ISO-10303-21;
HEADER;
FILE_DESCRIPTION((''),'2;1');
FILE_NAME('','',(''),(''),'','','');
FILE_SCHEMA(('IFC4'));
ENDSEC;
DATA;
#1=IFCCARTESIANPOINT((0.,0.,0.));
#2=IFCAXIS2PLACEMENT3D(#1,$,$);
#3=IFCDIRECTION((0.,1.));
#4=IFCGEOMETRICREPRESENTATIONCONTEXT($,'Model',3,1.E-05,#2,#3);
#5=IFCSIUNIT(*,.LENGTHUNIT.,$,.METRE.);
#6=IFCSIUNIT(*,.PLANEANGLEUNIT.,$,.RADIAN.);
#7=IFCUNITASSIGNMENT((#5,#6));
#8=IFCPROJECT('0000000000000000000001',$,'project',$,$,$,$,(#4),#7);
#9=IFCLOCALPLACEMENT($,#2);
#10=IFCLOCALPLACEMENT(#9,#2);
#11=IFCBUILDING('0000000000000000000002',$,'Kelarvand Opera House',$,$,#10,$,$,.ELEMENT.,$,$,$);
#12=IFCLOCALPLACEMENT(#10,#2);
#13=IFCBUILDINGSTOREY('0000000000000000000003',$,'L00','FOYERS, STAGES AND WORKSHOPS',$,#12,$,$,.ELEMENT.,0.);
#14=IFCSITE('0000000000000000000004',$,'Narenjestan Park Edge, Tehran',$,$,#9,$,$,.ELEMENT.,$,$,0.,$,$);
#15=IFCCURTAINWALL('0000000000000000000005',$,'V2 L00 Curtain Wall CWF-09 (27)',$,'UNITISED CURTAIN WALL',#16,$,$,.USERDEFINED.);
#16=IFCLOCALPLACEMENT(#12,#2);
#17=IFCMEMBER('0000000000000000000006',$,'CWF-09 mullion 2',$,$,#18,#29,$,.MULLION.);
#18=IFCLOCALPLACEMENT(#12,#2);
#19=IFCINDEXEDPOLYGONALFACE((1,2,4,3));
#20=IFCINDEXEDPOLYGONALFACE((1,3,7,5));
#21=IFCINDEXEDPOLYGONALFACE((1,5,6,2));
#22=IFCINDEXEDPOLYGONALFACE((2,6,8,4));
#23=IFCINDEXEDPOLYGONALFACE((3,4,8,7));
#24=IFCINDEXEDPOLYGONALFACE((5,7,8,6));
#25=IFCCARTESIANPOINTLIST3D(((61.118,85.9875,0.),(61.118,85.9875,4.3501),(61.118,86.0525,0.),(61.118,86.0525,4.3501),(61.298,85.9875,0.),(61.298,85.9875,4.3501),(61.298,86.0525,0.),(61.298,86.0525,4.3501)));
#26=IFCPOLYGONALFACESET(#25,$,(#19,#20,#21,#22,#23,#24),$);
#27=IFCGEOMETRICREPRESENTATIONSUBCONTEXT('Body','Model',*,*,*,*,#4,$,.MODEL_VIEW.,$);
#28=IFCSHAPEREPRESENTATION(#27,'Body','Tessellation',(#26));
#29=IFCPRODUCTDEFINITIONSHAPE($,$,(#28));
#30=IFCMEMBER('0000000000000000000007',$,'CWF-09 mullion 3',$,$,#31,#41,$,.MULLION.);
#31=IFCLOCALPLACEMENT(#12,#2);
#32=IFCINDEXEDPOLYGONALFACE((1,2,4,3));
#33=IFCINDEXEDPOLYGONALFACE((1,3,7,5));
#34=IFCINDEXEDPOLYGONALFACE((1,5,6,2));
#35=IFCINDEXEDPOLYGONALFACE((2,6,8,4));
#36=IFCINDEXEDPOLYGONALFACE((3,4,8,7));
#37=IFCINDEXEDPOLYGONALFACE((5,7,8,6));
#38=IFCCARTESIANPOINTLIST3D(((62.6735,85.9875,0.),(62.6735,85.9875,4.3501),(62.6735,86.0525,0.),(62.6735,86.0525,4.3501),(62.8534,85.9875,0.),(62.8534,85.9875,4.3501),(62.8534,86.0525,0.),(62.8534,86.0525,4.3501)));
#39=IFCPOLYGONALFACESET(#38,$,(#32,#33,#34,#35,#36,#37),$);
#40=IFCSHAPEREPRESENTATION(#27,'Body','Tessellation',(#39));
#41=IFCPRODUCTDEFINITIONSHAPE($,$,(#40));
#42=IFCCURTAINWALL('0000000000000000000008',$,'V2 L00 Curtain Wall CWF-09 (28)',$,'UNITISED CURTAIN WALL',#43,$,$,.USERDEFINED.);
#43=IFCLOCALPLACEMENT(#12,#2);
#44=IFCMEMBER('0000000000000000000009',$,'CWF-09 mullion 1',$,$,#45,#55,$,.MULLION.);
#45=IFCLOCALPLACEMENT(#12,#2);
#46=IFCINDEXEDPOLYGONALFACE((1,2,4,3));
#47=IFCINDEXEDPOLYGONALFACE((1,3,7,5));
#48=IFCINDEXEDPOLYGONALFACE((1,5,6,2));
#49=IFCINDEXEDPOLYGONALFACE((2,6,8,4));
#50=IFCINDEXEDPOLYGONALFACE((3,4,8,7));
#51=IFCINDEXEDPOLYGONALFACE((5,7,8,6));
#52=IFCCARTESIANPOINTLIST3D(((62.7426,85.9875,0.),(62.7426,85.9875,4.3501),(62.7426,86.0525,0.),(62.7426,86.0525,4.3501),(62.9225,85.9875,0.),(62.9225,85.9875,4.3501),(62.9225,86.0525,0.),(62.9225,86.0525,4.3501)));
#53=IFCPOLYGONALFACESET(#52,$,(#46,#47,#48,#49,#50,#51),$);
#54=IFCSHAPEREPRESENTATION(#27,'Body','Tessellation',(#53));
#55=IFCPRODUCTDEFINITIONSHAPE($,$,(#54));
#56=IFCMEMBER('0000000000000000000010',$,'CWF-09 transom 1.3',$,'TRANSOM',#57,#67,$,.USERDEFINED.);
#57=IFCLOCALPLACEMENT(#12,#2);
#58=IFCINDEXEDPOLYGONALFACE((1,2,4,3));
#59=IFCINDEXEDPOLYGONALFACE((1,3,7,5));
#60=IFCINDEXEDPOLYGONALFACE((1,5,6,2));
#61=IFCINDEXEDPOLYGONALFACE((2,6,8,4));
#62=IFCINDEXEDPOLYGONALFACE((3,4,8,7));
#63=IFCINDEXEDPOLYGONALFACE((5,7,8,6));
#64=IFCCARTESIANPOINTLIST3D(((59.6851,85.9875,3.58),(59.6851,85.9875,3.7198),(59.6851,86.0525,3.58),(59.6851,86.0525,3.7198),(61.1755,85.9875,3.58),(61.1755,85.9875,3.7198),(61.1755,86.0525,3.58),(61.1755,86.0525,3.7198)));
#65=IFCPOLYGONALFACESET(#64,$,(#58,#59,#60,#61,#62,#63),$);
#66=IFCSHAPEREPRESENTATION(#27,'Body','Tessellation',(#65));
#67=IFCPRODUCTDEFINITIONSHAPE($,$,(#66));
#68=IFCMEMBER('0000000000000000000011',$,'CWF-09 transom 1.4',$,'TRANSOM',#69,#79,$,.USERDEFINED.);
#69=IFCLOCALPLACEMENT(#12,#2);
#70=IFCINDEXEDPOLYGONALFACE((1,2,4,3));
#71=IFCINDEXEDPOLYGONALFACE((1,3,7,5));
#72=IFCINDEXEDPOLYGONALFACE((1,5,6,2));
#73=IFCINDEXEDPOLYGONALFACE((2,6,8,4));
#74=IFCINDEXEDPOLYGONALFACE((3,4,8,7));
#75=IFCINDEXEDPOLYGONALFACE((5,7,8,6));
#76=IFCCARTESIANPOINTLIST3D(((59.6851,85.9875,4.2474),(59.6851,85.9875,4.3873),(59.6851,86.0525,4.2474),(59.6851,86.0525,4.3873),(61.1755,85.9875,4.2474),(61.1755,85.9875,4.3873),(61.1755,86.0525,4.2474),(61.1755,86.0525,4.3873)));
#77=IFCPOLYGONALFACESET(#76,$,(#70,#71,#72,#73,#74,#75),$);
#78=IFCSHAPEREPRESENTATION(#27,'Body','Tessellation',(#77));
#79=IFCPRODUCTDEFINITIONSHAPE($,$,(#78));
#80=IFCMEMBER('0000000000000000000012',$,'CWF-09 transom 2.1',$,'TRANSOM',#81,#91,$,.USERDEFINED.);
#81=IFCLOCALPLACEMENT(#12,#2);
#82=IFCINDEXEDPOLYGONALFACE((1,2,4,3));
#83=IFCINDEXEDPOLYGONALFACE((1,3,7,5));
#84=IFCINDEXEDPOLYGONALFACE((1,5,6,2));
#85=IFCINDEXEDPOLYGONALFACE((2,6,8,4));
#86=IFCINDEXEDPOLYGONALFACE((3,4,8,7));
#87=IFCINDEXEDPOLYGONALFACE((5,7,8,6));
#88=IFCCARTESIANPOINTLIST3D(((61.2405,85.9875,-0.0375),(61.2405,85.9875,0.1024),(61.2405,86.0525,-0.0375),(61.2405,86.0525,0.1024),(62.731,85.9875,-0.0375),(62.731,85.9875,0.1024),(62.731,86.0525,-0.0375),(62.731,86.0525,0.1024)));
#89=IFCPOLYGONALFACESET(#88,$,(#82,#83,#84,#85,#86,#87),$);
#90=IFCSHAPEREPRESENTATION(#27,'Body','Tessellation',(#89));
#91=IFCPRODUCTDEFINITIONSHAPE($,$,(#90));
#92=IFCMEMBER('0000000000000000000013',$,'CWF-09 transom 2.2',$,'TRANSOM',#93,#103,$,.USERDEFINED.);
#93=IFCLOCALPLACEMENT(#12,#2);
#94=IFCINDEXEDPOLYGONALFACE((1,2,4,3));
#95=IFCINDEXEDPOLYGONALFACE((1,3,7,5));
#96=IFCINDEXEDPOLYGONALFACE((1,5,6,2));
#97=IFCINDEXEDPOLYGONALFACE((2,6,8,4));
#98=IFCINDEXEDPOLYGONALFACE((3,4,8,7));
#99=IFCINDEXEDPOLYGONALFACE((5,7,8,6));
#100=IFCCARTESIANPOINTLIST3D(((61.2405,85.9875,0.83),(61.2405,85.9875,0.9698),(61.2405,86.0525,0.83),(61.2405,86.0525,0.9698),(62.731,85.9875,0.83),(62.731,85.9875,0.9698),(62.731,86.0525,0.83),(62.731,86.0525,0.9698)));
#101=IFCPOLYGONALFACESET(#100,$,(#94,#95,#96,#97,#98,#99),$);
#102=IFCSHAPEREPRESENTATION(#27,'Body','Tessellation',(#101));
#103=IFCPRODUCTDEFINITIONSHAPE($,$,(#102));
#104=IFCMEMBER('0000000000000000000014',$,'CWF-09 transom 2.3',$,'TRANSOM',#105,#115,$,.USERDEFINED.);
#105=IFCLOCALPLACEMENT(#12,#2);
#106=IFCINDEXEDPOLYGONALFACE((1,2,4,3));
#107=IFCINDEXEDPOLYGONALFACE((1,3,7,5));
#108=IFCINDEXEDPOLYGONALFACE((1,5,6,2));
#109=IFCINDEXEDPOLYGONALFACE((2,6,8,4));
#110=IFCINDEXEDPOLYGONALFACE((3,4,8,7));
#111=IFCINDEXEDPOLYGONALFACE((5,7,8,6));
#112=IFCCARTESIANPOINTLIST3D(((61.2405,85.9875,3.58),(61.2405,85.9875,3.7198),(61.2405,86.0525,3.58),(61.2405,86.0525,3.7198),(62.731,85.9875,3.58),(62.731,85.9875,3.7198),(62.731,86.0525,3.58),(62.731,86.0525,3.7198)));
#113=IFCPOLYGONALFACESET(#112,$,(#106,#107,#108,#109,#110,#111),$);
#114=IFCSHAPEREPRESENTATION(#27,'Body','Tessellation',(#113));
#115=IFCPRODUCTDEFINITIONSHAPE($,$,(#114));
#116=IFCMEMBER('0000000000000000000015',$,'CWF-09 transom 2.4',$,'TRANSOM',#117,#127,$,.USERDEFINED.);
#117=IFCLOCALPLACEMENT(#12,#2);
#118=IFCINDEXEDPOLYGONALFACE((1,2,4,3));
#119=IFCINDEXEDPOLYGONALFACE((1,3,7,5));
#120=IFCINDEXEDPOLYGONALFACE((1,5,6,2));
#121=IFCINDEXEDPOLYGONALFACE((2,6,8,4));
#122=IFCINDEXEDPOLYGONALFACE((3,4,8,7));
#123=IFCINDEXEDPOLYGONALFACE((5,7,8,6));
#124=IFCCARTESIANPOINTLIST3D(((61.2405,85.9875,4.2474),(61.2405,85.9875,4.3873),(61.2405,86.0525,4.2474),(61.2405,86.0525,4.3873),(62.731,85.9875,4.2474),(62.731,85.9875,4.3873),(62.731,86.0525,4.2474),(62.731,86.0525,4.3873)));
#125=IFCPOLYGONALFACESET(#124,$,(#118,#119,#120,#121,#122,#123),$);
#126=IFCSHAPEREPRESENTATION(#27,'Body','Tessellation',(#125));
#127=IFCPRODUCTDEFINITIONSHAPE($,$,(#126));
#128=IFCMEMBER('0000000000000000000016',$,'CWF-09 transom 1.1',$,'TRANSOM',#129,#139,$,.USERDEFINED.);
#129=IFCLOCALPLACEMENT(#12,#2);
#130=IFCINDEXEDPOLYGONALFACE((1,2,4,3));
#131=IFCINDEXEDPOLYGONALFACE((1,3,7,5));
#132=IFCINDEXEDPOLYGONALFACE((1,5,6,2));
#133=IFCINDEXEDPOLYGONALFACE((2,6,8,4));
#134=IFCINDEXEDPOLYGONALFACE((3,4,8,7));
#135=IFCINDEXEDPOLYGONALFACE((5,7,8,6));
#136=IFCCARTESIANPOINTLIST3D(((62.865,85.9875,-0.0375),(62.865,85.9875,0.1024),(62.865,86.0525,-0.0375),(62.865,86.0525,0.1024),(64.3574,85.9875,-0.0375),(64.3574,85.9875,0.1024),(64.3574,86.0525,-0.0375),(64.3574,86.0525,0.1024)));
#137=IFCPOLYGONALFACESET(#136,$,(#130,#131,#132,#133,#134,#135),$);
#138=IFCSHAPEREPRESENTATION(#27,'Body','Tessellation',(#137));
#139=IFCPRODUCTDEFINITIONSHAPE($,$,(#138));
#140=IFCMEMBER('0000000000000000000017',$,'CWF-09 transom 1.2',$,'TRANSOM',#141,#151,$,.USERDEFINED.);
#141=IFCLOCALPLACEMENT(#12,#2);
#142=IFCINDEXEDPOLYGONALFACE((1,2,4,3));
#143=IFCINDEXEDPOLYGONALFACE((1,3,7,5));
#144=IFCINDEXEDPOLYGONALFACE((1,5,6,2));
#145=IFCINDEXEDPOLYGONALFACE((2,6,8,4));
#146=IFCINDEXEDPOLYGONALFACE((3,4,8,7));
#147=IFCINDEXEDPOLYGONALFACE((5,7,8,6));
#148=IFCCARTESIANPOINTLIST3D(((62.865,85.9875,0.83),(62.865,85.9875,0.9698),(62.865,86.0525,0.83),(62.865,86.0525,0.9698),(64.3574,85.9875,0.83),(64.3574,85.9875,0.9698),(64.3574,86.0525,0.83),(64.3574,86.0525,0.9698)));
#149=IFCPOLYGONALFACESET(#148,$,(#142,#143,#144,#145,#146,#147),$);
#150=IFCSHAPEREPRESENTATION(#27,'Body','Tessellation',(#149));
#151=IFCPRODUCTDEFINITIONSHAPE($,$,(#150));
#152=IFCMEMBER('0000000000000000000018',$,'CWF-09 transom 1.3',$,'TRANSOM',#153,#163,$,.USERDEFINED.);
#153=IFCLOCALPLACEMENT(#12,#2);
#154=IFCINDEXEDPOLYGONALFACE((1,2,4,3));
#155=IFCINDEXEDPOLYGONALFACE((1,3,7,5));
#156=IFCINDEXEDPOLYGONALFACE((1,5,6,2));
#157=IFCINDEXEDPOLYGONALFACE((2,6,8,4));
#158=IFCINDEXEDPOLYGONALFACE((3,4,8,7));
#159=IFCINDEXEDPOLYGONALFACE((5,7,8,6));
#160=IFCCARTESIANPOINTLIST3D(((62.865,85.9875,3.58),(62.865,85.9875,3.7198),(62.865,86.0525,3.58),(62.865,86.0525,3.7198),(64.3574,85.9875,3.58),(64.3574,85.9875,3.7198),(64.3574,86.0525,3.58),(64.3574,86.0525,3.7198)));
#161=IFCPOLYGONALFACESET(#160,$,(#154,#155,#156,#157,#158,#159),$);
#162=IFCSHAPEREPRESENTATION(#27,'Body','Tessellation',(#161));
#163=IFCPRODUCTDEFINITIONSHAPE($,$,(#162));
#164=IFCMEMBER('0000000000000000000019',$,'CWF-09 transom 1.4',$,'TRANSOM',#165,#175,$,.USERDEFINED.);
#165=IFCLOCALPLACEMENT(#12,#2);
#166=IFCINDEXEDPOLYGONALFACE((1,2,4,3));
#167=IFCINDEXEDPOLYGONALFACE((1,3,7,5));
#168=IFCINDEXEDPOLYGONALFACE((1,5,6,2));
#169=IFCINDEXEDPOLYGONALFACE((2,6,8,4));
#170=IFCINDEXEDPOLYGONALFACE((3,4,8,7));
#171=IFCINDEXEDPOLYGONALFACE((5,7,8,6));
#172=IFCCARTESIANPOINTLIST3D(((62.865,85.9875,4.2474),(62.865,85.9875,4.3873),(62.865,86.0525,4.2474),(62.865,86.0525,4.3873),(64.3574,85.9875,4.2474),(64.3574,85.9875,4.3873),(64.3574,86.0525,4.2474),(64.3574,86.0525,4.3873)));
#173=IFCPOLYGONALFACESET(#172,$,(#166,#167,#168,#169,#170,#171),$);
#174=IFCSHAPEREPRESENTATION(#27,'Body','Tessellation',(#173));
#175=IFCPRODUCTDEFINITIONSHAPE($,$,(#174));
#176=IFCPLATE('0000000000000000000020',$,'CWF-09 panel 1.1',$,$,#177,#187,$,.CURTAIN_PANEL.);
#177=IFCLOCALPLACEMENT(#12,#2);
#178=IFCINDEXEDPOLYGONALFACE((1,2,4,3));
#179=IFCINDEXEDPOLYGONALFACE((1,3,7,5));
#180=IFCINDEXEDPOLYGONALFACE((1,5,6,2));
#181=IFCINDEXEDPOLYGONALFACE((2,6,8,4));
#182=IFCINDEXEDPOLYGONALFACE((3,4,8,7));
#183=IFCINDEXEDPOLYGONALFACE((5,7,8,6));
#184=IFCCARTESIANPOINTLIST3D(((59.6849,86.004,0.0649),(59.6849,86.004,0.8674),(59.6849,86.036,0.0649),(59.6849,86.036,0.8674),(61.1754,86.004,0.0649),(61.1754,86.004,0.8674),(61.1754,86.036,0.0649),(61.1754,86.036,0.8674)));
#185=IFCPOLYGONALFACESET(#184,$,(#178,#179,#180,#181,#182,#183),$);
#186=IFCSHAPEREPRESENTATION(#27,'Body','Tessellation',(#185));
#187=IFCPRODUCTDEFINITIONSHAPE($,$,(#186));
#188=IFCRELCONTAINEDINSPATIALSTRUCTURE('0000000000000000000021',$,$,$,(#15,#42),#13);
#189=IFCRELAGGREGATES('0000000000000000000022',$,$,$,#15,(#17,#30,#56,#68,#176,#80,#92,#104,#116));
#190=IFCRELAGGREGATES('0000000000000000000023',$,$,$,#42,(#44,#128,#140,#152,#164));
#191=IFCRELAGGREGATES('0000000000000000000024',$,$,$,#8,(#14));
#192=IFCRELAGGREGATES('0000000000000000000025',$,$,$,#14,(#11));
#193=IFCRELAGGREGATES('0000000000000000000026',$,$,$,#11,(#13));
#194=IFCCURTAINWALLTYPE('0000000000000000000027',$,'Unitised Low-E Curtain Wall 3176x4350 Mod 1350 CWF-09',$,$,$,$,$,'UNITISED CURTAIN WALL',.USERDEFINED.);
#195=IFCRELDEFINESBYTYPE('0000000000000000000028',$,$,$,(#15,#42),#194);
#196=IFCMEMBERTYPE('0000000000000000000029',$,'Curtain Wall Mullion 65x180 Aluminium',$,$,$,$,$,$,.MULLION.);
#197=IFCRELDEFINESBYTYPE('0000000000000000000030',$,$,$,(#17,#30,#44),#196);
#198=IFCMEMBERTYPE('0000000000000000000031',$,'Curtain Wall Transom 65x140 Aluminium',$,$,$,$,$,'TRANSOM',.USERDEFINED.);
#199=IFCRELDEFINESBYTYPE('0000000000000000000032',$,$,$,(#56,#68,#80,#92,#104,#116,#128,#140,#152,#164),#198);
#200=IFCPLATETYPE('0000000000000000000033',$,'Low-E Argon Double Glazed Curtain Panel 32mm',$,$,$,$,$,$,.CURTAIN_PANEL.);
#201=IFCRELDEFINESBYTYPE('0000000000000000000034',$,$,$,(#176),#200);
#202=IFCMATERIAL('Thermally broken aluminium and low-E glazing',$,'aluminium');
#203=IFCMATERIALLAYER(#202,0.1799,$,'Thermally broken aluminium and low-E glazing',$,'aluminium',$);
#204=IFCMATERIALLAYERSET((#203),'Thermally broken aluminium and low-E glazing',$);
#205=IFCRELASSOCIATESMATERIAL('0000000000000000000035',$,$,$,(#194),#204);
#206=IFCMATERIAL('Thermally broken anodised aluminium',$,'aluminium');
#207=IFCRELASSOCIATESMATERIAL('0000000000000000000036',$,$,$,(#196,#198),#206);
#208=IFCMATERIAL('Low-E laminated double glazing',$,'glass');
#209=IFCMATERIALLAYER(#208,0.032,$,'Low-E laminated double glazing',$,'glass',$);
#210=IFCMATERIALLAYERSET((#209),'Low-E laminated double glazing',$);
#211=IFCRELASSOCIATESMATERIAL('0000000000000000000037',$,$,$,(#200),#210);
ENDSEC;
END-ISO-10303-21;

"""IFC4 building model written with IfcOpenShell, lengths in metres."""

from ifc_helpers import new_model, si_unit, direction, frame, origin, origin_2d, place, context, subcontext, project, spatial, rectangle, extrude, material, layer, layer_set, material_profile, profile_set, type_object, element, aggregate, save


model = new_model("IFC4")

# Units and contexts
model_context = context("Model", 3, precision=1e-05, world=origin(), true_north=direction((0.0, 1.0)))
body_context = subcontext(model_context, "Body", "Model", "MODEL_VIEW")
ifc_project = project(units=[si_unit("LENGTHUNIT", "METRE"), si_unit("PLANEANGLEUNIT", "RADIAN")], contexts=[model_context])

# Site, building, storey
site_placement = place(None, origin())
site = spatial("IfcSite", under=ifc_project, at=site_placement, Name="Narenjestan Park Edge, Tehran", CompositionType="ELEMENT", RefElevation=0.0)
building_placement = place(site_placement, origin())
building = spatial("IfcBuilding", under=site, at=building_placement, Name="Kelarvand Opera House", CompositionType="ELEMENT")
storey_placement = place(building_placement, origin())
storey = spatial("IfcBuildingStorey", under=building, at=storey_placement, Name="L00", Description="FOYERS, STAGES AND WORKSHOPS", CompositionType="ELEMENT", Elevation=0.0)

# Curtain wall, members
ifc_material_1 = material(Name="Thermally broken aluminium and low-E glazing", Category="aluminium")
ifc_layer_1 = layer(ifc_material_1, 0.1799, Name="Thermally broken aluminium and low-E glazing", Category="aluminium")
ifc_layer_set_1 = layer_set([ifc_layer_1], Name="Thermally broken aluminium and low-E glazing")
curtain_wall_type = type_object("IfcCurtainWallType", Name="Unitised Low-E Curtain Wall 3176x4350 Mod 1350 CWF-09", ElementType="UNITISED CURTAIN WALL", PredefinedType="USERDEFINED", material=ifc_layer_set_1)
curtain_wall_1_placement = place(storey_placement, origin())
curtain_wall_1 = element("IfcCurtainWall", 1, at=curtain_wall_1_placement, inside=storey, type_object=curtain_wall_type, Name="V2 L00 Curtain Wall CWF-09 (27)", ObjectType="UNITISED CURTAIN WALL", PredefinedType="USERDEFINED")
ifc_material_2 = material(Name="Thermally broken anodised aluminium", Category="aluminium")
ifc_material_profile_1 = material_profile(ifc_material_2, rectangle(XDim=0.0649, YDim=0.1799, at=origin_2d()), Name="ALU MULLION 65x180", Category="aluminium")
ifc_profile_set_1 = profile_set([ifc_material_profile_1], Name="Thermally broken anodised aluminium")
member_type_1 = type_object("IfcMemberType", Name="Curtain Wall Mullion 65x180 Aluminium", PredefinedType="MULLION", material=ifc_profile_set_1)
member_1_placement = place(storey_placement, frame((61.208, 86.02, 0.0), z_axis=(0.0, 0.0, 1.0), x_axis=(0.0, 1.0, 0.0)))
member_1 = element("IfcMember", 2, at=member_1_placement, type_object=member_type_1, Name="CWF-09 mullion 2", PredefinedType="MULLION", context=body_context, shape_type="SweptSolid", body=[
    extrude(rectangle(XDim=0.0649, YDim=0.1799, at=origin_2d()), origin(), (0.0, 0.0, 1.0), 4.3501),
])
member_2_placement = place(storey_placement, frame((62.7634, 86.02, 0.0), z_axis=(0.0, 0.0, 1.0), x_axis=(0.0, 1.0, 0.0)))
member_2 = element("IfcMember", 3, at=member_2_placement, type_object=member_type_1, Name="CWF-09 mullion 3", PredefinedType="MULLION", context=body_context, shape_type="SweptSolid", body=[
    extrude(rectangle(XDim=0.0649, YDim=0.1799, at=origin_2d()), origin(), (0.0, 0.0, 1.0), 4.3501),
])

# Curtain wall, member
curtain_wall_2_placement = place(storey_placement, origin())
curtain_wall_2 = element("IfcCurtainWall", 4, at=curtain_wall_2_placement, inside=storey, type_object=curtain_wall_type, Name="V2 L00 Curtain Wall CWF-09 (28)", ObjectType="UNITISED CURTAIN WALL", PredefinedType="USERDEFINED")
member_3_placement = place(storey_placement, frame((62.8325, 86.02, 0.0), z_axis=(0.0, 0.0, 1.0), x_axis=(0.0, 1.0, 0.0)))
member_3 = element("IfcMember", 5, at=member_3_placement, type_object=member_type_1, Name="CWF-09 mullion 1", PredefinedType="MULLION", context=body_context, shape_type="SweptSolid", body=[
    extrude(rectangle(XDim=0.0649, YDim=0.1799, at=origin_2d()), origin(), (0.0, 0.0, 1.0), 4.3501),
])

# Members
ifc_material_profile_2 = material_profile(ifc_material_2, rectangle(XDim=0.0649, YDim=0.1399, at=origin_2d()), Name="ALU TRANSOM 65x140", Category="aluminium")
ifc_profile_set_2 = profile_set([ifc_material_profile_2], Name="Thermally broken anodised aluminium")
member_type_2 = type_object("IfcMemberType", Name="Curtain Wall Transom 65x140 Aluminium", ElementType="TRANSOM", PredefinedType="USERDEFINED", material=ifc_profile_set_2)
member_4_placement = place(storey_placement, frame((59.6851, 86.02, 3.6499), z_axis=(1.0, 0.0, 0.0), x_axis=(0.0, 1.0, 0.0)))
member_4 = element("IfcMember", 6, at=member_4_placement, type_object=member_type_2, Name="CWF-09 transom 1.3", ObjectType="TRANSOM", PredefinedType="USERDEFINED", context=body_context, shape_type="SweptSolid", body=[
    extrude(rectangle(XDim=0.0649, YDim=0.1399, at=origin_2d()), origin(), (0.0, 0.0, 1.0), 1.4905),
])
member_5_placement = place(storey_placement, frame((59.6851, 86.02, 4.3174), z_axis=(1.0, 0.0, 0.0), x_axis=(0.0, 1.0, 0.0)))
member_5 = element("IfcMember", 7, at=member_5_placement, type_object=member_type_2, Name="CWF-09 transom 1.4", ObjectType="TRANSOM", PredefinedType="USERDEFINED", context=body_context, shape_type="SweptSolid", body=[
    extrude(rectangle(XDim=0.0649, YDim=0.1399, at=origin_2d()), origin(), (0.0, 0.0, 1.0), 1.4905),
])
member_6_placement = place(storey_placement, frame((61.2405, 86.02, 0.0325), z_axis=(1.0, 0.0, 0.0), x_axis=(0.0, 1.0, 0.0)))
member_6 = element("IfcMember", 8, at=member_6_placement, type_object=member_type_2, Name="CWF-09 transom 2.1", ObjectType="TRANSOM", PredefinedType="USERDEFINED", context=body_context, shape_type="SweptSolid", body=[
    extrude(rectangle(XDim=0.0649, YDim=0.1399, at=origin_2d()), origin(), (0.0, 0.0, 1.0), 1.4905),
])
member_7_placement = place(storey_placement, frame((61.2405, 86.02, 0.8999), z_axis=(1.0, 0.0, 0.0), x_axis=(0.0, 1.0, 0.0)))
member_7 = element("IfcMember", 9, at=member_7_placement, type_object=member_type_2, Name="CWF-09 transom 2.2", ObjectType="TRANSOM", PredefinedType="USERDEFINED", context=body_context, shape_type="SweptSolid", body=[
    extrude(rectangle(XDim=0.0649, YDim=0.1399, at=origin_2d()), origin(), (0.0, 0.0, 1.0), 1.4905),
])
member_8_placement = place(storey_placement, frame((61.2405, 86.02, 3.6499), z_axis=(1.0, 0.0, 0.0), x_axis=(0.0, 1.0, 0.0)))
member_8 = element("IfcMember", 10, at=member_8_placement, type_object=member_type_2, Name="CWF-09 transom 2.3", ObjectType="TRANSOM", PredefinedType="USERDEFINED", context=body_context, shape_type="SweptSolid", body=[
    extrude(rectangle(XDim=0.0649, YDim=0.1399, at=origin_2d()), origin(), (0.0, 0.0, 1.0), 1.4905),
])
member_9_placement = place(storey_placement, frame((61.2405, 86.02, 4.3174), z_axis=(1.0, 0.0, 0.0), x_axis=(0.0, 1.0, 0.0)))
member_9 = element("IfcMember", 11, at=member_9_placement, type_object=member_type_2, Name="CWF-09 transom 2.4", ObjectType="TRANSOM", PredefinedType="USERDEFINED", context=body_context, shape_type="SweptSolid", body=[
    extrude(rectangle(XDim=0.0649, YDim=0.1399, at=origin_2d()), origin(), (0.0, 0.0, 1.0), 1.4905),
])
member_10_placement = place(storey_placement, frame((62.865, 86.02, 0.0325), z_axis=(1.0, 0.0, 0.0), x_axis=(0.0, 1.0, 0.0)))
member_10 = element("IfcMember", 12, at=member_10_placement, type_object=member_type_2, Name="CWF-09 transom 1.1", ObjectType="TRANSOM", PredefinedType="USERDEFINED", context=body_context, shape_type="SweptSolid", body=[
    extrude(rectangle(XDim=0.0649, YDim=0.1399, at=origin_2d()), origin(), (0.0, 0.0, 1.0), 1.4924),
])
member_11_placement = place(storey_placement, frame((62.865, 86.02, 0.8999), z_axis=(1.0, 0.0, 0.0), x_axis=(0.0, 1.0, 0.0)))
member_11 = element("IfcMember", 13, at=member_11_placement, type_object=member_type_2, Name="CWF-09 transom 1.2", ObjectType="TRANSOM", PredefinedType="USERDEFINED", context=body_context, shape_type="SweptSolid", body=[
    extrude(rectangle(XDim=0.0649, YDim=0.1399, at=origin_2d()), origin(), (0.0, 0.0, 1.0), 1.4924),
])
member_12_placement = place(storey_placement, frame((62.865, 86.02, 3.6499), z_axis=(1.0, 0.0, 0.0), x_axis=(0.0, 1.0, 0.0)))
member_12 = element("IfcMember", 14, at=member_12_placement, type_object=member_type_2, Name="CWF-09 transom 1.3", ObjectType="TRANSOM", PredefinedType="USERDEFINED", context=body_context, shape_type="SweptSolid", body=[
    extrude(rectangle(XDim=0.0649, YDim=0.1399, at=origin_2d()), origin(), (0.0, 0.0, 1.0), 1.4924),
])
member_13_placement = place(storey_placement, frame((62.865, 86.02, 4.3174), z_axis=(1.0, 0.0, 0.0), x_axis=(0.0, 1.0, 0.0)))
member_13 = element("IfcMember", 15, at=member_13_placement, type_object=member_type_2, Name="CWF-09 transom 1.4", ObjectType="TRANSOM", PredefinedType="USERDEFINED", context=body_context, shape_type="SweptSolid", body=[
    extrude(rectangle(XDim=0.0649, YDim=0.1399, at=origin_2d()), origin(), (0.0, 0.0, 1.0), 1.4924),
])

# Plate
ifc_material_3 = material(Name="Low-E laminated double glazing", Category="glass")
ifc_layer_2 = layer(ifc_material_3, 0.032, Name="Low-E laminated double glazing", Category="glass")
ifc_layer_set_2 = layer_set([ifc_layer_2], Name="Low-E laminated double glazing")
plate_type = type_object("IfcPlateType", Name="Low-E Argon Double Glazed Curtain Panel 32mm", PredefinedType="CURTAIN_PANEL", material=ifc_layer_set_2)
plate_1_placement = place(storey_placement, frame((60.4302, 86.02, 0.0649), z_axis=(0.0, 0.0, 1.0), x_axis=(1.0, 0.0, 0.0)))
plate_1 = element("IfcPlate", 16, at=plate_1_placement, type_object=plate_type, Name="CWF-09 panel 1.1", PredefinedType="CURTAIN_PANEL", context=body_context, shape_type="SweptSolid", body=[
    extrude(rectangle(XDim=1.4905, YDim=0.032, at=origin_2d()), origin(), (0.0, 0.0, 1.0), 0.8025),
])
aggregate(curtain_wall_1, [member_1, member_2, member_4, member_5, plate_1, member_6, member_7, member_8, member_9])
aggregate(curtain_wall_2, [member_3, member_10, member_11, member_12, member_13])

save(model, "model.ifc")
